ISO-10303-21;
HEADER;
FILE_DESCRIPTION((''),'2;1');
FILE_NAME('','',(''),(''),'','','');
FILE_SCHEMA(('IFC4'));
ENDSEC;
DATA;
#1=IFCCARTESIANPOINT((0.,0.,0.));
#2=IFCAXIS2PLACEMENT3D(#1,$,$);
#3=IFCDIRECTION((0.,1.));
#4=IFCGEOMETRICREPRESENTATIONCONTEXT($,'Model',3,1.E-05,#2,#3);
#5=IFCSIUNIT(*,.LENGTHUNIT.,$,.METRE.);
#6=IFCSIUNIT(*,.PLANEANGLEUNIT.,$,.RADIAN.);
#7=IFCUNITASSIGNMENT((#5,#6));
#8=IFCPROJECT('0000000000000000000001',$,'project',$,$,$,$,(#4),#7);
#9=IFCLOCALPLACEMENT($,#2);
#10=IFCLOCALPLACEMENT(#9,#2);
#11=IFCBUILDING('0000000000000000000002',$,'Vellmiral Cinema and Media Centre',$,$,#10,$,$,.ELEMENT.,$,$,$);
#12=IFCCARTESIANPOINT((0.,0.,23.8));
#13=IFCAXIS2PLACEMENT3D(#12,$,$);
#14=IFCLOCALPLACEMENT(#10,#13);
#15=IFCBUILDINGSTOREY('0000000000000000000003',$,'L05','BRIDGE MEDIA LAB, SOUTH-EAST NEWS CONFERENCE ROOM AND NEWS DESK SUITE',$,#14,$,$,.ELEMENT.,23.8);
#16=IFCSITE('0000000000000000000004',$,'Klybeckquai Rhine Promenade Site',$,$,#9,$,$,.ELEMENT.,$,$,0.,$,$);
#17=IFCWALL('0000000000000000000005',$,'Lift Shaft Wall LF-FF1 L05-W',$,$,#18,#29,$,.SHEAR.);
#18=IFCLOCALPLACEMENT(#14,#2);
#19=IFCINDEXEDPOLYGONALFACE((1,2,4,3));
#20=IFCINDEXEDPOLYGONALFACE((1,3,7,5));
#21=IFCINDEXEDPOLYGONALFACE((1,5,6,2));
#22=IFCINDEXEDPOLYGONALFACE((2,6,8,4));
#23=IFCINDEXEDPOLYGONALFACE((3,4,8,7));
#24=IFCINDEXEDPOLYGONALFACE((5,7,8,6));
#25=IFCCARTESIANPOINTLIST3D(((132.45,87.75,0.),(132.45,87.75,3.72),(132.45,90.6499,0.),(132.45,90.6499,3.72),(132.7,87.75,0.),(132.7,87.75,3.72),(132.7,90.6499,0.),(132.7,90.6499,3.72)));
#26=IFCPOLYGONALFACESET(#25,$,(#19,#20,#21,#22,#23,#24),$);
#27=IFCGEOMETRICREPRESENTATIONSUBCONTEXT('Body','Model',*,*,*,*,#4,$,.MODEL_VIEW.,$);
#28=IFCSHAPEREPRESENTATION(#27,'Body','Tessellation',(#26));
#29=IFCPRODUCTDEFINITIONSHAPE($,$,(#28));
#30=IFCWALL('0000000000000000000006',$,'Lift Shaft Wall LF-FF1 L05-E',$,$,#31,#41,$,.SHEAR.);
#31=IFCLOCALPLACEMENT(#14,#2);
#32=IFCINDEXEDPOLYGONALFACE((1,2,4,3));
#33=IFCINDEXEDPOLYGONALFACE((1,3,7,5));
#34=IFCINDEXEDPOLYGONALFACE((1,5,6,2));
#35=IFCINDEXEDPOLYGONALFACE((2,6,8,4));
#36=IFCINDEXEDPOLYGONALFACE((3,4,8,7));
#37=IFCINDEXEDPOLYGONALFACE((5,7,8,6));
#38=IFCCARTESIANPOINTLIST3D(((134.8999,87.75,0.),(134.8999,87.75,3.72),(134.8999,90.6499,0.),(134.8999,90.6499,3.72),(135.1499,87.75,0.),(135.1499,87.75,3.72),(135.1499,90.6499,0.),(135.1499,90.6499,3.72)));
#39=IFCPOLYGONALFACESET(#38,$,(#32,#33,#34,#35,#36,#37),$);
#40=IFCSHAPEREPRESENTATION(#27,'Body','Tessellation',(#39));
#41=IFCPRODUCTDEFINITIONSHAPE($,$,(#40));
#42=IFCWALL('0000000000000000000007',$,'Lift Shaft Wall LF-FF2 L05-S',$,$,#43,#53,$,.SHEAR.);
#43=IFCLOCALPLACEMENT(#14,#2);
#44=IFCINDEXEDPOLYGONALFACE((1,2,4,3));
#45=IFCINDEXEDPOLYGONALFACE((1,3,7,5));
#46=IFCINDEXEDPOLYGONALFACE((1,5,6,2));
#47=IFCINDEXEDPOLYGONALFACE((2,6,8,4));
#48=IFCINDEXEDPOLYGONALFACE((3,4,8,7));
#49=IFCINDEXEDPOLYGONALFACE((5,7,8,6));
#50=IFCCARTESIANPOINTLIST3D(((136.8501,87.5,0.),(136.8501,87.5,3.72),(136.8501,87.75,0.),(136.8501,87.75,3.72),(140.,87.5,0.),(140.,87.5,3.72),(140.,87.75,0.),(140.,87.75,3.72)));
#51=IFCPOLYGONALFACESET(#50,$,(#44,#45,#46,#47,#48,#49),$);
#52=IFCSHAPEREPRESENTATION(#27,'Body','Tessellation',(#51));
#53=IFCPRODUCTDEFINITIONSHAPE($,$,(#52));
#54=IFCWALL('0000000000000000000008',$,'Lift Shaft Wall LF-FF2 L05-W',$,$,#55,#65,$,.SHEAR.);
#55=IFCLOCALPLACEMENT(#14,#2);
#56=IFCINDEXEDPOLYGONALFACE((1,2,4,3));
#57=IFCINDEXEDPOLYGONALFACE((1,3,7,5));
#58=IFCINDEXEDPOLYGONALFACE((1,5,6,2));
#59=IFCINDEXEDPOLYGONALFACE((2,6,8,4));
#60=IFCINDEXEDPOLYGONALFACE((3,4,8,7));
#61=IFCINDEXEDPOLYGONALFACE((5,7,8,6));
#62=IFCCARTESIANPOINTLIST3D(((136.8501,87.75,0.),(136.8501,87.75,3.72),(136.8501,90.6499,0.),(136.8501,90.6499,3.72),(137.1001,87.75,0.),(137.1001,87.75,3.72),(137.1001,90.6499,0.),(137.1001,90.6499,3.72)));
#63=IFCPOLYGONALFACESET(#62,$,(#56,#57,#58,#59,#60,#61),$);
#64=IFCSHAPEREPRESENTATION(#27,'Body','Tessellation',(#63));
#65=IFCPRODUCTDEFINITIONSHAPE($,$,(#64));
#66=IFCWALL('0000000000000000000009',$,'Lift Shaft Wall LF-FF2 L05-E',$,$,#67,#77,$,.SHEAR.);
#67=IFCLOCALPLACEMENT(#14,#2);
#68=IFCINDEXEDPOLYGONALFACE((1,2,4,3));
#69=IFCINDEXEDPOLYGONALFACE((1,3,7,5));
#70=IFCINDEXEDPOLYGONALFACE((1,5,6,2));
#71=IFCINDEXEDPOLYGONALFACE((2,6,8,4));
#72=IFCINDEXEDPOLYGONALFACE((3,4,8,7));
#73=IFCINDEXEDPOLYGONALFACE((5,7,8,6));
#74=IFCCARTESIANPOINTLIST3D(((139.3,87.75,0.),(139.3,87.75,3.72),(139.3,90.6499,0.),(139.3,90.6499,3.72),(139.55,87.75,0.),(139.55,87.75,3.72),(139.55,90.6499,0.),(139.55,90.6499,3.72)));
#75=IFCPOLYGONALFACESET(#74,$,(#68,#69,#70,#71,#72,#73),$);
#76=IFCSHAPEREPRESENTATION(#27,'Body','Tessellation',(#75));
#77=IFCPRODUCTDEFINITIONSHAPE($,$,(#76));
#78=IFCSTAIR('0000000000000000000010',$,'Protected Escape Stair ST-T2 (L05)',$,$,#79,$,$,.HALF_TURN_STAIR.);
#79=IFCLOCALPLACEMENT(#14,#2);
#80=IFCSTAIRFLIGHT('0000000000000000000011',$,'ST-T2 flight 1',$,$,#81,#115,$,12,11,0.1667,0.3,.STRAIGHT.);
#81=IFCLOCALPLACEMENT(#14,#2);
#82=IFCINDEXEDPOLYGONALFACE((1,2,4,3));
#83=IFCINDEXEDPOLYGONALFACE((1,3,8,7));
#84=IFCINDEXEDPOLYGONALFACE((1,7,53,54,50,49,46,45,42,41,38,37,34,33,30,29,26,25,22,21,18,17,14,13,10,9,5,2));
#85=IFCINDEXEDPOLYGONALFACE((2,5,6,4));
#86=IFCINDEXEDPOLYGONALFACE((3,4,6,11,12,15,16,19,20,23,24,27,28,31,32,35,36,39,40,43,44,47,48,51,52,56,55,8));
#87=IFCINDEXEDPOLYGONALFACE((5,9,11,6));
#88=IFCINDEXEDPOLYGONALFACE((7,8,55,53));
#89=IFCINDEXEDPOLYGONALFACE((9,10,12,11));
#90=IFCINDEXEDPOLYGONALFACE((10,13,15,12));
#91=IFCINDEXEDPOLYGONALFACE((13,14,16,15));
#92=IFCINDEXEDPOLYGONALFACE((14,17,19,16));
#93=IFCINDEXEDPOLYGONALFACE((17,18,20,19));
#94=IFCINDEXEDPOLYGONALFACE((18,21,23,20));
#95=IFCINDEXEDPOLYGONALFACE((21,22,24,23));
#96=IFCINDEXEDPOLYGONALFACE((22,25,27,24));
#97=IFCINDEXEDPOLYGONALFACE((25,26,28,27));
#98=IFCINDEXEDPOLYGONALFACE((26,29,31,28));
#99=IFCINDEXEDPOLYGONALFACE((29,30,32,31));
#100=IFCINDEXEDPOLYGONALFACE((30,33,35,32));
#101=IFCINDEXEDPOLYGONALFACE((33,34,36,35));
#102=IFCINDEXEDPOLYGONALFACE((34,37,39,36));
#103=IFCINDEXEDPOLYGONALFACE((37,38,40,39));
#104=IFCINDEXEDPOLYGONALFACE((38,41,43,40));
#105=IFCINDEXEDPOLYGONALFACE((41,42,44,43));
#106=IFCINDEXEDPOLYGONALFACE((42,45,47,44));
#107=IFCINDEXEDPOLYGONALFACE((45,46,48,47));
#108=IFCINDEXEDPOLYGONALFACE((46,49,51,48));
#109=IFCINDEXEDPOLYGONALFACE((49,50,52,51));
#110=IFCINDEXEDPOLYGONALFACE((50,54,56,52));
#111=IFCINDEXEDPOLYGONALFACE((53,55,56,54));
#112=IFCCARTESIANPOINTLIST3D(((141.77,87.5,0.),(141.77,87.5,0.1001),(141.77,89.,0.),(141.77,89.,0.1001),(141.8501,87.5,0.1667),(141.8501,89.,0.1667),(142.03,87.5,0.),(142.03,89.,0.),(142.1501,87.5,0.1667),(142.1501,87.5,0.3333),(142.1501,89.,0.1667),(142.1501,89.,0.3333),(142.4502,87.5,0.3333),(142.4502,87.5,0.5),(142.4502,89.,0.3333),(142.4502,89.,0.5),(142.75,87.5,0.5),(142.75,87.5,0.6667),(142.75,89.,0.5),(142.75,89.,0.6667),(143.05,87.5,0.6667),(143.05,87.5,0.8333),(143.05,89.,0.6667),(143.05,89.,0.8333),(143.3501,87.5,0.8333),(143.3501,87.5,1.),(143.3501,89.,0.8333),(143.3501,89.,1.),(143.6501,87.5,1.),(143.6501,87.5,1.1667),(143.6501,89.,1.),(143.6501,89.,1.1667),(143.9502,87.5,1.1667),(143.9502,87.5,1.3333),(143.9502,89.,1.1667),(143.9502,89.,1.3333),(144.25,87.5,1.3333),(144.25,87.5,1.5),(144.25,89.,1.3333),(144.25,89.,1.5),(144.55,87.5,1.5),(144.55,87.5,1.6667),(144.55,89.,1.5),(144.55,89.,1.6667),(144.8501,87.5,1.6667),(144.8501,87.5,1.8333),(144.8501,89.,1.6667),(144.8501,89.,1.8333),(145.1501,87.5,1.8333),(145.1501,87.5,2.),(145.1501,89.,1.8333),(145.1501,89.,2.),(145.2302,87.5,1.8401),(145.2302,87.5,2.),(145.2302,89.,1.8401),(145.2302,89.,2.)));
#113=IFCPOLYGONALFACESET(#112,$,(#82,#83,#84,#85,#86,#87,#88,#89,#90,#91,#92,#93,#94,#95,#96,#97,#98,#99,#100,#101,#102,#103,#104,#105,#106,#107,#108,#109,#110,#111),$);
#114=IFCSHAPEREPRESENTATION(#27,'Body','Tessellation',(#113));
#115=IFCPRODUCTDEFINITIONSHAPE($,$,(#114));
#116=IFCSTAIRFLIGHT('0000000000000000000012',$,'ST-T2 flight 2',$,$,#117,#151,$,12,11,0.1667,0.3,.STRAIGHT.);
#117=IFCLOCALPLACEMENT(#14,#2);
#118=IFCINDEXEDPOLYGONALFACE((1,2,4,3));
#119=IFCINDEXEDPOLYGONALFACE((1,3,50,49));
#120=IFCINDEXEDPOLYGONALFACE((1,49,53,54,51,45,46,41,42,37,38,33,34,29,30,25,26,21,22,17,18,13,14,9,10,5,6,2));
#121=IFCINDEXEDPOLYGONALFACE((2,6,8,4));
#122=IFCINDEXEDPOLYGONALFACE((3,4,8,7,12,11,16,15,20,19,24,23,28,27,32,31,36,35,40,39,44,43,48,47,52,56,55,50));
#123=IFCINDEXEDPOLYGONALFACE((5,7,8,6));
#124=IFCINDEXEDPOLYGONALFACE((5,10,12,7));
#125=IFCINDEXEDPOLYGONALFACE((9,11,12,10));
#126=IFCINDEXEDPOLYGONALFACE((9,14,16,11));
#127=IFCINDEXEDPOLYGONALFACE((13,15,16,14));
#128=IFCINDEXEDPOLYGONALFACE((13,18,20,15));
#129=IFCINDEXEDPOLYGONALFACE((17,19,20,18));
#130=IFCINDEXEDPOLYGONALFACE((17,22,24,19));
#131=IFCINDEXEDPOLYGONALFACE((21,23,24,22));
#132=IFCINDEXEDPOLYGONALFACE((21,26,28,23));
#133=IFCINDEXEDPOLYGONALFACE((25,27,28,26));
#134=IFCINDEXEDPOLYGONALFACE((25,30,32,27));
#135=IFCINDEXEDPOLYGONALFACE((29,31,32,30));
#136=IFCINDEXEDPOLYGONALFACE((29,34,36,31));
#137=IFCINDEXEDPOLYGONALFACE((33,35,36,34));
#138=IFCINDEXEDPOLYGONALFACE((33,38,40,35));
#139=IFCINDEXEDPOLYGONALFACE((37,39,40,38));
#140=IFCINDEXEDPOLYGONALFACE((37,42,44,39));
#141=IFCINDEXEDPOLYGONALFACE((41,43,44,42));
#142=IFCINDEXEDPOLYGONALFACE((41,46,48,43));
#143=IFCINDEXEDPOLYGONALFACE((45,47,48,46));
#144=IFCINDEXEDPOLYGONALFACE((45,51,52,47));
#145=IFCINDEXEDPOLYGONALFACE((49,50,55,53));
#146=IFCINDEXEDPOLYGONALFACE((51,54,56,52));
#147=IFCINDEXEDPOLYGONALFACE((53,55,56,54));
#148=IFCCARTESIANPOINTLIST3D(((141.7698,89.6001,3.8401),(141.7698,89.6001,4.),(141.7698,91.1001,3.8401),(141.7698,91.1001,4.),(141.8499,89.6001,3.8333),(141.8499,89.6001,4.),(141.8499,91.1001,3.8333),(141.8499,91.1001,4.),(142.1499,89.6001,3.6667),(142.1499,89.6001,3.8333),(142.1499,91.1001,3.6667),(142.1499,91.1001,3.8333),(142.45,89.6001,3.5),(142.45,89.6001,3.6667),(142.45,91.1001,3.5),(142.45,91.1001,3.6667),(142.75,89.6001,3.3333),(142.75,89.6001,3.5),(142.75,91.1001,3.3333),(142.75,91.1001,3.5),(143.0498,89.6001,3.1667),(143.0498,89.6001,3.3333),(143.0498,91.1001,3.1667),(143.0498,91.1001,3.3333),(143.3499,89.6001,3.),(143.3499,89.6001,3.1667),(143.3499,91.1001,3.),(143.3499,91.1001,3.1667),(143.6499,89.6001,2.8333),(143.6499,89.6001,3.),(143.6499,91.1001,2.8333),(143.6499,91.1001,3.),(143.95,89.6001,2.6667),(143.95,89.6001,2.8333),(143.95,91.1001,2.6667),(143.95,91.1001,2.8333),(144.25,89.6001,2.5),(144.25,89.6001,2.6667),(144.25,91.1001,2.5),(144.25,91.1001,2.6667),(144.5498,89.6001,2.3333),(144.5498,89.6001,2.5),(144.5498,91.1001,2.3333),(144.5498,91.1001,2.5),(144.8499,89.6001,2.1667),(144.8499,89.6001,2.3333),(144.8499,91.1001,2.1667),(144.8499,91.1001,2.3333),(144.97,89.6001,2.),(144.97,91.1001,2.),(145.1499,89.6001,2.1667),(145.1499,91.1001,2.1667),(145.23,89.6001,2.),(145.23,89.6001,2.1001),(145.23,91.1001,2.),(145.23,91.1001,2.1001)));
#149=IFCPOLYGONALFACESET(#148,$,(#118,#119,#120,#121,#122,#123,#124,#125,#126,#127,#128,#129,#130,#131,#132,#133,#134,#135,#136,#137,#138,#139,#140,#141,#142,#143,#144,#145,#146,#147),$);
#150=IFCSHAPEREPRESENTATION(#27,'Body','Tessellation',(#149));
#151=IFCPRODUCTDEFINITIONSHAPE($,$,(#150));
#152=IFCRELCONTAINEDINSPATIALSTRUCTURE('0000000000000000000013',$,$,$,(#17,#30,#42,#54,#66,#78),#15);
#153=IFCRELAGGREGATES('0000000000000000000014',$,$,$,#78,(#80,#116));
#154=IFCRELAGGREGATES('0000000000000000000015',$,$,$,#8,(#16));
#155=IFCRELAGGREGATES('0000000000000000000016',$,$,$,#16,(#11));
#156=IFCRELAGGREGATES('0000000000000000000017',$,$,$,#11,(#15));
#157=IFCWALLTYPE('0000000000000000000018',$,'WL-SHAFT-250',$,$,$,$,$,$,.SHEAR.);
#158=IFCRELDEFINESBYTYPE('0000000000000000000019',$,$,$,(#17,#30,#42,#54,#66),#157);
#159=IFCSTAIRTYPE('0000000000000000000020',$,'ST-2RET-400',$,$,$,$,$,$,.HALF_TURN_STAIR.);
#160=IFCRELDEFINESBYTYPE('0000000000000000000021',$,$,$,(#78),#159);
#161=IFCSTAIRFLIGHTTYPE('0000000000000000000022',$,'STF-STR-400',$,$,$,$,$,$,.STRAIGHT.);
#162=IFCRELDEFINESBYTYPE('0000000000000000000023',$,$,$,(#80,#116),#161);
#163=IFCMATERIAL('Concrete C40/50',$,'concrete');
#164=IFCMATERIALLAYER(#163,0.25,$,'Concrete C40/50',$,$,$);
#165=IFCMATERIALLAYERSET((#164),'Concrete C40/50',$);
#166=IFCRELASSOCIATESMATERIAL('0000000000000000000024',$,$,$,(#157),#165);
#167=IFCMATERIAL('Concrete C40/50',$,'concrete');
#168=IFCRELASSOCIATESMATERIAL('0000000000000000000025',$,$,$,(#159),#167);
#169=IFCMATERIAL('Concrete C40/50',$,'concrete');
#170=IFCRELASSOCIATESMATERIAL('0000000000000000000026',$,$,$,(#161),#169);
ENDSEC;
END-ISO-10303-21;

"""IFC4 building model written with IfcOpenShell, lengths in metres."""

from ifc_helpers import new_model, si_unit, direction, frame, frame_2d, origin, place, context, subcontext, project, spatial, polyline, rectangle, outline, extrude, material, layer, layer_set, type_object, element, aggregate, save


model = new_model("IFC4")

# Units and contexts
model_context = context("Model", 3, precision=1e-05, world=origin(), true_north=direction((0.0, 1.0)))
body_context = subcontext(model_context, "Body", "Model", "MODEL_VIEW")
ifc_project = project(units=[si_unit("LENGTHUNIT", "METRE"), si_unit("PLANEANGLEUNIT", "RADIAN")], contexts=[model_context])

# Site, building, storey
site_placement = place(None, origin())
site = spatial("IfcSite", under=ifc_project, at=site_placement, Name="Klybeckquai Rhine Promenade Site", CompositionType="ELEMENT", RefElevation=0.0)
building_placement = place(site_placement, origin())
building = spatial("IfcBuilding", under=site, at=building_placement, Name="Vellmiral Cinema and Media Centre", CompositionType="ELEMENT")
storey_placement = place(building_placement, frame((0.0, 0.0, 23.8)))
storey = spatial("IfcBuildingStorey", under=building, at=storey_placement, Name="L05", Description="BRIDGE MEDIA LAB, SOUTH-EAST NEWS CONFERENCE ROOM AND NEWS DESK SUITE", CompositionType="ELEMENT", Elevation=23.8)

# Shared definitions
ifc_material_1 = material(Name="Concrete C40/50", Category="concrete")
ifc_layer_1 = layer(ifc_material_1, 0.25, Name="Concrete C40/50")
ifc_layer_set_1 = layer_set([ifc_layer_1], Name="Concrete C40/50")
wall_type_1 = type_object("IfcWallType", Name="WL-SHAFT-250", PredefinedType="SHEAR", material=ifc_layer_set_1)

# Walls
for number, where, z_axis, x_axis, name in (
    (1, (132.575, 87.75, 0.0), (0.0, 0.0, 1.0), (0.0, 1.0, 0.0), "Lift Shaft Wall LF-FF1 L05-W"),
    (2, (135.0249, 87.75, 0.0), (0.0, 0.0, 1.0), (0.0, 1.0, 0.0), "Lift Shaft Wall LF-FF1 L05-E"),
):
    element("IfcWall", number, at=place(storey_placement, frame(where, z_axis=z_axis, x_axis=x_axis)), inside=storey, type_object=wall_type_1, Name=name, PredefinedType="SHEAR", context=body_context, shape_type="SweptSolid", body=[
        extrude(rectangle(XDim=2.8999, YDim=0.25, at=frame_2d((1.45, 0.0))), origin(), (0.0, 0.0, 1.0), 3.72),
    ])
wall_1_placement = place(storey_placement, frame((136.8501, 87.625, 0.0), z_axis=(0.0, 0.0, 1.0), x_axis=(1.0, 0.0, 0.0)))
element("IfcWall", 3, at=wall_1_placement, inside=storey, type_object=wall_type_1, Name="Lift Shaft Wall LF-FF2 L05-S", PredefinedType="SHEAR", context=body_context, shape_type="SweptSolid", body=[
    extrude(rectangle(XDim=3.1499, YDim=0.25, at=frame_2d((1.575, 0.0))), origin(), (0.0, 0.0, 1.0), 3.72),
])

# Walls
for number, where, z_axis, x_axis, name in (
    (4, (136.9751, 87.75, 0.0), (0.0, 0.0, 1.0), (0.0, 1.0, 0.0), "Lift Shaft Wall LF-FF2 L05-W"),
    (5, (139.425, 87.75, 0.0), (0.0, 0.0, 1.0), (0.0, 1.0, 0.0), "Lift Shaft Wall LF-FF2 L05-E"),
):
    element("IfcWall", number, at=place(storey_placement, frame(where, z_axis=z_axis, x_axis=x_axis)), inside=storey, type_object=wall_type_1, Name=name, PredefinedType="SHEAR", context=body_context, shape_type="SweptSolid", body=[
        extrude(rectangle(XDim=2.8999, YDim=0.25, at=frame_2d((1.45, 0.0))), origin(), (0.0, 0.0, 1.0), 3.72),
    ])

# Stair, stair flights
ifc_material_2 = material(Name="Concrete C40/50", Category="concrete")
stair_type = type_object("IfcStairType", Name="ST-2RET-400", PredefinedType="HALF_TURN_STAIR", material=ifc_material_2)
stair_placement = place(storey_placement, origin())
stair = element("IfcStair", 6, at=stair_placement, inside=storey, type_object=stair_type, Name="Protected Escape Stair ST-T2 (L05)", PredefinedType="HALF_TURN_STAIR")
ifc_material_3 = material(Name="Concrete C40/50", Category="concrete")
stair_flight_type = type_object("IfcStairFlightType", Name="STF-STR-400", PredefinedType="STRAIGHT", material=ifc_material_3)
stair_flight_1_placement = place(storey_placement, frame((141.8501, 88.25, 0.0), z_axis=(0.0, 0.0, 1.0), x_axis=(1.0, 0.0, 0.0)))
stair_flight_1 = element("IfcStairFlight", 7, at=stair_flight_1_placement, type_object=stair_flight_type, Name="ST-T2 flight 1", NumberOfRisers=12, NumberOfTreads=11, PredefinedType="STRAIGHT", RiserHeight=0.1667, TreadLength=0.3, context=body_context, shape_type="SweptSolid", body=[
    extrude(outline(polyline([(-0.0801, 0.0), (-0.0801, 0.1001), (0.0, 0.1667), (0.3, 0.1667), (0.3, 0.3333), (0.6001, 0.3333), (0.6001, 0.5), (0.8999, 0.5), (0.8999, 0.6667), (1.2, 0.6667), (1.2, 0.8333), (1.5, 0.8333), (1.5, 1.0), (1.8, 1.0), (1.8, 1.1667), (2.1001, 1.1667), (2.1001, 1.3333), (2.3999, 1.3333), (2.3999, 1.5), (2.7, 1.5), (2.7, 1.6667), (3.0, 1.6667), (3.0, 1.8333), (3.3, 1.8333), (3.3, 2.0), (3.3801, 2.0), (3.3801, 1.8401), (0.1799, 0.0), (-0.0801, 0.0)])), frame((0.0, 0.75, 0.0), z_axis=(0.0, -1.0, 0.0), x_axis=(1.0, 0.0, 0.0)), (0.0, 0.0, 1.0), 1.5),
])
stair_flight_2_placement = place(storey_placement, frame((145.1499, 90.3501, 2.0), z_axis=(0.0, 0.0, 1.0), x_axis=(-1.0, 0.0, 0.0)))
stair_flight_2 = element("IfcStairFlight", 8, at=stair_flight_2_placement, type_object=stair_flight_type, Name="ST-T2 flight 2", NumberOfRisers=12, NumberOfTreads=11, PredefinedType="STRAIGHT", RiserHeight=0.1667, TreadLength=0.3, context=body_context, shape_type="SweptSolid", body=[
    extrude(outline(polyline([(-0.0801, 0.0), (-0.0801, 0.1001), (0.0, 0.1667), (0.3, 0.1667), (0.3, 0.3333), (0.6001, 0.3333), (0.6001, 0.5), (0.8999, 0.5), (0.8999, 0.6667), (1.2, 0.6667), (1.2, 0.8333), (1.5, 0.8333), (1.5, 1.0), (1.8, 1.0), (1.8, 1.1667), (2.1001, 1.1667), (2.1001, 1.3333), (2.3999, 1.3333), (2.3999, 1.5), (2.7, 1.5), (2.7, 1.6667), (3.0, 1.6667), (3.0, 1.8333), (3.3, 1.8333), (3.3, 2.0), (3.3801, 2.0), (3.3801, 1.8401), (0.1799, 0.0), (-0.0801, 0.0)])), frame((0.0, 0.75, 0.0), z_axis=(0.0, -1.0, 0.0), x_axis=(1.0, 0.0, 0.0)), (0.0, 0.0, 1.0), 1.5),
])
aggregate(stair, [stair_flight_1, stair_flight_2])

save(model, "model.ifc")
